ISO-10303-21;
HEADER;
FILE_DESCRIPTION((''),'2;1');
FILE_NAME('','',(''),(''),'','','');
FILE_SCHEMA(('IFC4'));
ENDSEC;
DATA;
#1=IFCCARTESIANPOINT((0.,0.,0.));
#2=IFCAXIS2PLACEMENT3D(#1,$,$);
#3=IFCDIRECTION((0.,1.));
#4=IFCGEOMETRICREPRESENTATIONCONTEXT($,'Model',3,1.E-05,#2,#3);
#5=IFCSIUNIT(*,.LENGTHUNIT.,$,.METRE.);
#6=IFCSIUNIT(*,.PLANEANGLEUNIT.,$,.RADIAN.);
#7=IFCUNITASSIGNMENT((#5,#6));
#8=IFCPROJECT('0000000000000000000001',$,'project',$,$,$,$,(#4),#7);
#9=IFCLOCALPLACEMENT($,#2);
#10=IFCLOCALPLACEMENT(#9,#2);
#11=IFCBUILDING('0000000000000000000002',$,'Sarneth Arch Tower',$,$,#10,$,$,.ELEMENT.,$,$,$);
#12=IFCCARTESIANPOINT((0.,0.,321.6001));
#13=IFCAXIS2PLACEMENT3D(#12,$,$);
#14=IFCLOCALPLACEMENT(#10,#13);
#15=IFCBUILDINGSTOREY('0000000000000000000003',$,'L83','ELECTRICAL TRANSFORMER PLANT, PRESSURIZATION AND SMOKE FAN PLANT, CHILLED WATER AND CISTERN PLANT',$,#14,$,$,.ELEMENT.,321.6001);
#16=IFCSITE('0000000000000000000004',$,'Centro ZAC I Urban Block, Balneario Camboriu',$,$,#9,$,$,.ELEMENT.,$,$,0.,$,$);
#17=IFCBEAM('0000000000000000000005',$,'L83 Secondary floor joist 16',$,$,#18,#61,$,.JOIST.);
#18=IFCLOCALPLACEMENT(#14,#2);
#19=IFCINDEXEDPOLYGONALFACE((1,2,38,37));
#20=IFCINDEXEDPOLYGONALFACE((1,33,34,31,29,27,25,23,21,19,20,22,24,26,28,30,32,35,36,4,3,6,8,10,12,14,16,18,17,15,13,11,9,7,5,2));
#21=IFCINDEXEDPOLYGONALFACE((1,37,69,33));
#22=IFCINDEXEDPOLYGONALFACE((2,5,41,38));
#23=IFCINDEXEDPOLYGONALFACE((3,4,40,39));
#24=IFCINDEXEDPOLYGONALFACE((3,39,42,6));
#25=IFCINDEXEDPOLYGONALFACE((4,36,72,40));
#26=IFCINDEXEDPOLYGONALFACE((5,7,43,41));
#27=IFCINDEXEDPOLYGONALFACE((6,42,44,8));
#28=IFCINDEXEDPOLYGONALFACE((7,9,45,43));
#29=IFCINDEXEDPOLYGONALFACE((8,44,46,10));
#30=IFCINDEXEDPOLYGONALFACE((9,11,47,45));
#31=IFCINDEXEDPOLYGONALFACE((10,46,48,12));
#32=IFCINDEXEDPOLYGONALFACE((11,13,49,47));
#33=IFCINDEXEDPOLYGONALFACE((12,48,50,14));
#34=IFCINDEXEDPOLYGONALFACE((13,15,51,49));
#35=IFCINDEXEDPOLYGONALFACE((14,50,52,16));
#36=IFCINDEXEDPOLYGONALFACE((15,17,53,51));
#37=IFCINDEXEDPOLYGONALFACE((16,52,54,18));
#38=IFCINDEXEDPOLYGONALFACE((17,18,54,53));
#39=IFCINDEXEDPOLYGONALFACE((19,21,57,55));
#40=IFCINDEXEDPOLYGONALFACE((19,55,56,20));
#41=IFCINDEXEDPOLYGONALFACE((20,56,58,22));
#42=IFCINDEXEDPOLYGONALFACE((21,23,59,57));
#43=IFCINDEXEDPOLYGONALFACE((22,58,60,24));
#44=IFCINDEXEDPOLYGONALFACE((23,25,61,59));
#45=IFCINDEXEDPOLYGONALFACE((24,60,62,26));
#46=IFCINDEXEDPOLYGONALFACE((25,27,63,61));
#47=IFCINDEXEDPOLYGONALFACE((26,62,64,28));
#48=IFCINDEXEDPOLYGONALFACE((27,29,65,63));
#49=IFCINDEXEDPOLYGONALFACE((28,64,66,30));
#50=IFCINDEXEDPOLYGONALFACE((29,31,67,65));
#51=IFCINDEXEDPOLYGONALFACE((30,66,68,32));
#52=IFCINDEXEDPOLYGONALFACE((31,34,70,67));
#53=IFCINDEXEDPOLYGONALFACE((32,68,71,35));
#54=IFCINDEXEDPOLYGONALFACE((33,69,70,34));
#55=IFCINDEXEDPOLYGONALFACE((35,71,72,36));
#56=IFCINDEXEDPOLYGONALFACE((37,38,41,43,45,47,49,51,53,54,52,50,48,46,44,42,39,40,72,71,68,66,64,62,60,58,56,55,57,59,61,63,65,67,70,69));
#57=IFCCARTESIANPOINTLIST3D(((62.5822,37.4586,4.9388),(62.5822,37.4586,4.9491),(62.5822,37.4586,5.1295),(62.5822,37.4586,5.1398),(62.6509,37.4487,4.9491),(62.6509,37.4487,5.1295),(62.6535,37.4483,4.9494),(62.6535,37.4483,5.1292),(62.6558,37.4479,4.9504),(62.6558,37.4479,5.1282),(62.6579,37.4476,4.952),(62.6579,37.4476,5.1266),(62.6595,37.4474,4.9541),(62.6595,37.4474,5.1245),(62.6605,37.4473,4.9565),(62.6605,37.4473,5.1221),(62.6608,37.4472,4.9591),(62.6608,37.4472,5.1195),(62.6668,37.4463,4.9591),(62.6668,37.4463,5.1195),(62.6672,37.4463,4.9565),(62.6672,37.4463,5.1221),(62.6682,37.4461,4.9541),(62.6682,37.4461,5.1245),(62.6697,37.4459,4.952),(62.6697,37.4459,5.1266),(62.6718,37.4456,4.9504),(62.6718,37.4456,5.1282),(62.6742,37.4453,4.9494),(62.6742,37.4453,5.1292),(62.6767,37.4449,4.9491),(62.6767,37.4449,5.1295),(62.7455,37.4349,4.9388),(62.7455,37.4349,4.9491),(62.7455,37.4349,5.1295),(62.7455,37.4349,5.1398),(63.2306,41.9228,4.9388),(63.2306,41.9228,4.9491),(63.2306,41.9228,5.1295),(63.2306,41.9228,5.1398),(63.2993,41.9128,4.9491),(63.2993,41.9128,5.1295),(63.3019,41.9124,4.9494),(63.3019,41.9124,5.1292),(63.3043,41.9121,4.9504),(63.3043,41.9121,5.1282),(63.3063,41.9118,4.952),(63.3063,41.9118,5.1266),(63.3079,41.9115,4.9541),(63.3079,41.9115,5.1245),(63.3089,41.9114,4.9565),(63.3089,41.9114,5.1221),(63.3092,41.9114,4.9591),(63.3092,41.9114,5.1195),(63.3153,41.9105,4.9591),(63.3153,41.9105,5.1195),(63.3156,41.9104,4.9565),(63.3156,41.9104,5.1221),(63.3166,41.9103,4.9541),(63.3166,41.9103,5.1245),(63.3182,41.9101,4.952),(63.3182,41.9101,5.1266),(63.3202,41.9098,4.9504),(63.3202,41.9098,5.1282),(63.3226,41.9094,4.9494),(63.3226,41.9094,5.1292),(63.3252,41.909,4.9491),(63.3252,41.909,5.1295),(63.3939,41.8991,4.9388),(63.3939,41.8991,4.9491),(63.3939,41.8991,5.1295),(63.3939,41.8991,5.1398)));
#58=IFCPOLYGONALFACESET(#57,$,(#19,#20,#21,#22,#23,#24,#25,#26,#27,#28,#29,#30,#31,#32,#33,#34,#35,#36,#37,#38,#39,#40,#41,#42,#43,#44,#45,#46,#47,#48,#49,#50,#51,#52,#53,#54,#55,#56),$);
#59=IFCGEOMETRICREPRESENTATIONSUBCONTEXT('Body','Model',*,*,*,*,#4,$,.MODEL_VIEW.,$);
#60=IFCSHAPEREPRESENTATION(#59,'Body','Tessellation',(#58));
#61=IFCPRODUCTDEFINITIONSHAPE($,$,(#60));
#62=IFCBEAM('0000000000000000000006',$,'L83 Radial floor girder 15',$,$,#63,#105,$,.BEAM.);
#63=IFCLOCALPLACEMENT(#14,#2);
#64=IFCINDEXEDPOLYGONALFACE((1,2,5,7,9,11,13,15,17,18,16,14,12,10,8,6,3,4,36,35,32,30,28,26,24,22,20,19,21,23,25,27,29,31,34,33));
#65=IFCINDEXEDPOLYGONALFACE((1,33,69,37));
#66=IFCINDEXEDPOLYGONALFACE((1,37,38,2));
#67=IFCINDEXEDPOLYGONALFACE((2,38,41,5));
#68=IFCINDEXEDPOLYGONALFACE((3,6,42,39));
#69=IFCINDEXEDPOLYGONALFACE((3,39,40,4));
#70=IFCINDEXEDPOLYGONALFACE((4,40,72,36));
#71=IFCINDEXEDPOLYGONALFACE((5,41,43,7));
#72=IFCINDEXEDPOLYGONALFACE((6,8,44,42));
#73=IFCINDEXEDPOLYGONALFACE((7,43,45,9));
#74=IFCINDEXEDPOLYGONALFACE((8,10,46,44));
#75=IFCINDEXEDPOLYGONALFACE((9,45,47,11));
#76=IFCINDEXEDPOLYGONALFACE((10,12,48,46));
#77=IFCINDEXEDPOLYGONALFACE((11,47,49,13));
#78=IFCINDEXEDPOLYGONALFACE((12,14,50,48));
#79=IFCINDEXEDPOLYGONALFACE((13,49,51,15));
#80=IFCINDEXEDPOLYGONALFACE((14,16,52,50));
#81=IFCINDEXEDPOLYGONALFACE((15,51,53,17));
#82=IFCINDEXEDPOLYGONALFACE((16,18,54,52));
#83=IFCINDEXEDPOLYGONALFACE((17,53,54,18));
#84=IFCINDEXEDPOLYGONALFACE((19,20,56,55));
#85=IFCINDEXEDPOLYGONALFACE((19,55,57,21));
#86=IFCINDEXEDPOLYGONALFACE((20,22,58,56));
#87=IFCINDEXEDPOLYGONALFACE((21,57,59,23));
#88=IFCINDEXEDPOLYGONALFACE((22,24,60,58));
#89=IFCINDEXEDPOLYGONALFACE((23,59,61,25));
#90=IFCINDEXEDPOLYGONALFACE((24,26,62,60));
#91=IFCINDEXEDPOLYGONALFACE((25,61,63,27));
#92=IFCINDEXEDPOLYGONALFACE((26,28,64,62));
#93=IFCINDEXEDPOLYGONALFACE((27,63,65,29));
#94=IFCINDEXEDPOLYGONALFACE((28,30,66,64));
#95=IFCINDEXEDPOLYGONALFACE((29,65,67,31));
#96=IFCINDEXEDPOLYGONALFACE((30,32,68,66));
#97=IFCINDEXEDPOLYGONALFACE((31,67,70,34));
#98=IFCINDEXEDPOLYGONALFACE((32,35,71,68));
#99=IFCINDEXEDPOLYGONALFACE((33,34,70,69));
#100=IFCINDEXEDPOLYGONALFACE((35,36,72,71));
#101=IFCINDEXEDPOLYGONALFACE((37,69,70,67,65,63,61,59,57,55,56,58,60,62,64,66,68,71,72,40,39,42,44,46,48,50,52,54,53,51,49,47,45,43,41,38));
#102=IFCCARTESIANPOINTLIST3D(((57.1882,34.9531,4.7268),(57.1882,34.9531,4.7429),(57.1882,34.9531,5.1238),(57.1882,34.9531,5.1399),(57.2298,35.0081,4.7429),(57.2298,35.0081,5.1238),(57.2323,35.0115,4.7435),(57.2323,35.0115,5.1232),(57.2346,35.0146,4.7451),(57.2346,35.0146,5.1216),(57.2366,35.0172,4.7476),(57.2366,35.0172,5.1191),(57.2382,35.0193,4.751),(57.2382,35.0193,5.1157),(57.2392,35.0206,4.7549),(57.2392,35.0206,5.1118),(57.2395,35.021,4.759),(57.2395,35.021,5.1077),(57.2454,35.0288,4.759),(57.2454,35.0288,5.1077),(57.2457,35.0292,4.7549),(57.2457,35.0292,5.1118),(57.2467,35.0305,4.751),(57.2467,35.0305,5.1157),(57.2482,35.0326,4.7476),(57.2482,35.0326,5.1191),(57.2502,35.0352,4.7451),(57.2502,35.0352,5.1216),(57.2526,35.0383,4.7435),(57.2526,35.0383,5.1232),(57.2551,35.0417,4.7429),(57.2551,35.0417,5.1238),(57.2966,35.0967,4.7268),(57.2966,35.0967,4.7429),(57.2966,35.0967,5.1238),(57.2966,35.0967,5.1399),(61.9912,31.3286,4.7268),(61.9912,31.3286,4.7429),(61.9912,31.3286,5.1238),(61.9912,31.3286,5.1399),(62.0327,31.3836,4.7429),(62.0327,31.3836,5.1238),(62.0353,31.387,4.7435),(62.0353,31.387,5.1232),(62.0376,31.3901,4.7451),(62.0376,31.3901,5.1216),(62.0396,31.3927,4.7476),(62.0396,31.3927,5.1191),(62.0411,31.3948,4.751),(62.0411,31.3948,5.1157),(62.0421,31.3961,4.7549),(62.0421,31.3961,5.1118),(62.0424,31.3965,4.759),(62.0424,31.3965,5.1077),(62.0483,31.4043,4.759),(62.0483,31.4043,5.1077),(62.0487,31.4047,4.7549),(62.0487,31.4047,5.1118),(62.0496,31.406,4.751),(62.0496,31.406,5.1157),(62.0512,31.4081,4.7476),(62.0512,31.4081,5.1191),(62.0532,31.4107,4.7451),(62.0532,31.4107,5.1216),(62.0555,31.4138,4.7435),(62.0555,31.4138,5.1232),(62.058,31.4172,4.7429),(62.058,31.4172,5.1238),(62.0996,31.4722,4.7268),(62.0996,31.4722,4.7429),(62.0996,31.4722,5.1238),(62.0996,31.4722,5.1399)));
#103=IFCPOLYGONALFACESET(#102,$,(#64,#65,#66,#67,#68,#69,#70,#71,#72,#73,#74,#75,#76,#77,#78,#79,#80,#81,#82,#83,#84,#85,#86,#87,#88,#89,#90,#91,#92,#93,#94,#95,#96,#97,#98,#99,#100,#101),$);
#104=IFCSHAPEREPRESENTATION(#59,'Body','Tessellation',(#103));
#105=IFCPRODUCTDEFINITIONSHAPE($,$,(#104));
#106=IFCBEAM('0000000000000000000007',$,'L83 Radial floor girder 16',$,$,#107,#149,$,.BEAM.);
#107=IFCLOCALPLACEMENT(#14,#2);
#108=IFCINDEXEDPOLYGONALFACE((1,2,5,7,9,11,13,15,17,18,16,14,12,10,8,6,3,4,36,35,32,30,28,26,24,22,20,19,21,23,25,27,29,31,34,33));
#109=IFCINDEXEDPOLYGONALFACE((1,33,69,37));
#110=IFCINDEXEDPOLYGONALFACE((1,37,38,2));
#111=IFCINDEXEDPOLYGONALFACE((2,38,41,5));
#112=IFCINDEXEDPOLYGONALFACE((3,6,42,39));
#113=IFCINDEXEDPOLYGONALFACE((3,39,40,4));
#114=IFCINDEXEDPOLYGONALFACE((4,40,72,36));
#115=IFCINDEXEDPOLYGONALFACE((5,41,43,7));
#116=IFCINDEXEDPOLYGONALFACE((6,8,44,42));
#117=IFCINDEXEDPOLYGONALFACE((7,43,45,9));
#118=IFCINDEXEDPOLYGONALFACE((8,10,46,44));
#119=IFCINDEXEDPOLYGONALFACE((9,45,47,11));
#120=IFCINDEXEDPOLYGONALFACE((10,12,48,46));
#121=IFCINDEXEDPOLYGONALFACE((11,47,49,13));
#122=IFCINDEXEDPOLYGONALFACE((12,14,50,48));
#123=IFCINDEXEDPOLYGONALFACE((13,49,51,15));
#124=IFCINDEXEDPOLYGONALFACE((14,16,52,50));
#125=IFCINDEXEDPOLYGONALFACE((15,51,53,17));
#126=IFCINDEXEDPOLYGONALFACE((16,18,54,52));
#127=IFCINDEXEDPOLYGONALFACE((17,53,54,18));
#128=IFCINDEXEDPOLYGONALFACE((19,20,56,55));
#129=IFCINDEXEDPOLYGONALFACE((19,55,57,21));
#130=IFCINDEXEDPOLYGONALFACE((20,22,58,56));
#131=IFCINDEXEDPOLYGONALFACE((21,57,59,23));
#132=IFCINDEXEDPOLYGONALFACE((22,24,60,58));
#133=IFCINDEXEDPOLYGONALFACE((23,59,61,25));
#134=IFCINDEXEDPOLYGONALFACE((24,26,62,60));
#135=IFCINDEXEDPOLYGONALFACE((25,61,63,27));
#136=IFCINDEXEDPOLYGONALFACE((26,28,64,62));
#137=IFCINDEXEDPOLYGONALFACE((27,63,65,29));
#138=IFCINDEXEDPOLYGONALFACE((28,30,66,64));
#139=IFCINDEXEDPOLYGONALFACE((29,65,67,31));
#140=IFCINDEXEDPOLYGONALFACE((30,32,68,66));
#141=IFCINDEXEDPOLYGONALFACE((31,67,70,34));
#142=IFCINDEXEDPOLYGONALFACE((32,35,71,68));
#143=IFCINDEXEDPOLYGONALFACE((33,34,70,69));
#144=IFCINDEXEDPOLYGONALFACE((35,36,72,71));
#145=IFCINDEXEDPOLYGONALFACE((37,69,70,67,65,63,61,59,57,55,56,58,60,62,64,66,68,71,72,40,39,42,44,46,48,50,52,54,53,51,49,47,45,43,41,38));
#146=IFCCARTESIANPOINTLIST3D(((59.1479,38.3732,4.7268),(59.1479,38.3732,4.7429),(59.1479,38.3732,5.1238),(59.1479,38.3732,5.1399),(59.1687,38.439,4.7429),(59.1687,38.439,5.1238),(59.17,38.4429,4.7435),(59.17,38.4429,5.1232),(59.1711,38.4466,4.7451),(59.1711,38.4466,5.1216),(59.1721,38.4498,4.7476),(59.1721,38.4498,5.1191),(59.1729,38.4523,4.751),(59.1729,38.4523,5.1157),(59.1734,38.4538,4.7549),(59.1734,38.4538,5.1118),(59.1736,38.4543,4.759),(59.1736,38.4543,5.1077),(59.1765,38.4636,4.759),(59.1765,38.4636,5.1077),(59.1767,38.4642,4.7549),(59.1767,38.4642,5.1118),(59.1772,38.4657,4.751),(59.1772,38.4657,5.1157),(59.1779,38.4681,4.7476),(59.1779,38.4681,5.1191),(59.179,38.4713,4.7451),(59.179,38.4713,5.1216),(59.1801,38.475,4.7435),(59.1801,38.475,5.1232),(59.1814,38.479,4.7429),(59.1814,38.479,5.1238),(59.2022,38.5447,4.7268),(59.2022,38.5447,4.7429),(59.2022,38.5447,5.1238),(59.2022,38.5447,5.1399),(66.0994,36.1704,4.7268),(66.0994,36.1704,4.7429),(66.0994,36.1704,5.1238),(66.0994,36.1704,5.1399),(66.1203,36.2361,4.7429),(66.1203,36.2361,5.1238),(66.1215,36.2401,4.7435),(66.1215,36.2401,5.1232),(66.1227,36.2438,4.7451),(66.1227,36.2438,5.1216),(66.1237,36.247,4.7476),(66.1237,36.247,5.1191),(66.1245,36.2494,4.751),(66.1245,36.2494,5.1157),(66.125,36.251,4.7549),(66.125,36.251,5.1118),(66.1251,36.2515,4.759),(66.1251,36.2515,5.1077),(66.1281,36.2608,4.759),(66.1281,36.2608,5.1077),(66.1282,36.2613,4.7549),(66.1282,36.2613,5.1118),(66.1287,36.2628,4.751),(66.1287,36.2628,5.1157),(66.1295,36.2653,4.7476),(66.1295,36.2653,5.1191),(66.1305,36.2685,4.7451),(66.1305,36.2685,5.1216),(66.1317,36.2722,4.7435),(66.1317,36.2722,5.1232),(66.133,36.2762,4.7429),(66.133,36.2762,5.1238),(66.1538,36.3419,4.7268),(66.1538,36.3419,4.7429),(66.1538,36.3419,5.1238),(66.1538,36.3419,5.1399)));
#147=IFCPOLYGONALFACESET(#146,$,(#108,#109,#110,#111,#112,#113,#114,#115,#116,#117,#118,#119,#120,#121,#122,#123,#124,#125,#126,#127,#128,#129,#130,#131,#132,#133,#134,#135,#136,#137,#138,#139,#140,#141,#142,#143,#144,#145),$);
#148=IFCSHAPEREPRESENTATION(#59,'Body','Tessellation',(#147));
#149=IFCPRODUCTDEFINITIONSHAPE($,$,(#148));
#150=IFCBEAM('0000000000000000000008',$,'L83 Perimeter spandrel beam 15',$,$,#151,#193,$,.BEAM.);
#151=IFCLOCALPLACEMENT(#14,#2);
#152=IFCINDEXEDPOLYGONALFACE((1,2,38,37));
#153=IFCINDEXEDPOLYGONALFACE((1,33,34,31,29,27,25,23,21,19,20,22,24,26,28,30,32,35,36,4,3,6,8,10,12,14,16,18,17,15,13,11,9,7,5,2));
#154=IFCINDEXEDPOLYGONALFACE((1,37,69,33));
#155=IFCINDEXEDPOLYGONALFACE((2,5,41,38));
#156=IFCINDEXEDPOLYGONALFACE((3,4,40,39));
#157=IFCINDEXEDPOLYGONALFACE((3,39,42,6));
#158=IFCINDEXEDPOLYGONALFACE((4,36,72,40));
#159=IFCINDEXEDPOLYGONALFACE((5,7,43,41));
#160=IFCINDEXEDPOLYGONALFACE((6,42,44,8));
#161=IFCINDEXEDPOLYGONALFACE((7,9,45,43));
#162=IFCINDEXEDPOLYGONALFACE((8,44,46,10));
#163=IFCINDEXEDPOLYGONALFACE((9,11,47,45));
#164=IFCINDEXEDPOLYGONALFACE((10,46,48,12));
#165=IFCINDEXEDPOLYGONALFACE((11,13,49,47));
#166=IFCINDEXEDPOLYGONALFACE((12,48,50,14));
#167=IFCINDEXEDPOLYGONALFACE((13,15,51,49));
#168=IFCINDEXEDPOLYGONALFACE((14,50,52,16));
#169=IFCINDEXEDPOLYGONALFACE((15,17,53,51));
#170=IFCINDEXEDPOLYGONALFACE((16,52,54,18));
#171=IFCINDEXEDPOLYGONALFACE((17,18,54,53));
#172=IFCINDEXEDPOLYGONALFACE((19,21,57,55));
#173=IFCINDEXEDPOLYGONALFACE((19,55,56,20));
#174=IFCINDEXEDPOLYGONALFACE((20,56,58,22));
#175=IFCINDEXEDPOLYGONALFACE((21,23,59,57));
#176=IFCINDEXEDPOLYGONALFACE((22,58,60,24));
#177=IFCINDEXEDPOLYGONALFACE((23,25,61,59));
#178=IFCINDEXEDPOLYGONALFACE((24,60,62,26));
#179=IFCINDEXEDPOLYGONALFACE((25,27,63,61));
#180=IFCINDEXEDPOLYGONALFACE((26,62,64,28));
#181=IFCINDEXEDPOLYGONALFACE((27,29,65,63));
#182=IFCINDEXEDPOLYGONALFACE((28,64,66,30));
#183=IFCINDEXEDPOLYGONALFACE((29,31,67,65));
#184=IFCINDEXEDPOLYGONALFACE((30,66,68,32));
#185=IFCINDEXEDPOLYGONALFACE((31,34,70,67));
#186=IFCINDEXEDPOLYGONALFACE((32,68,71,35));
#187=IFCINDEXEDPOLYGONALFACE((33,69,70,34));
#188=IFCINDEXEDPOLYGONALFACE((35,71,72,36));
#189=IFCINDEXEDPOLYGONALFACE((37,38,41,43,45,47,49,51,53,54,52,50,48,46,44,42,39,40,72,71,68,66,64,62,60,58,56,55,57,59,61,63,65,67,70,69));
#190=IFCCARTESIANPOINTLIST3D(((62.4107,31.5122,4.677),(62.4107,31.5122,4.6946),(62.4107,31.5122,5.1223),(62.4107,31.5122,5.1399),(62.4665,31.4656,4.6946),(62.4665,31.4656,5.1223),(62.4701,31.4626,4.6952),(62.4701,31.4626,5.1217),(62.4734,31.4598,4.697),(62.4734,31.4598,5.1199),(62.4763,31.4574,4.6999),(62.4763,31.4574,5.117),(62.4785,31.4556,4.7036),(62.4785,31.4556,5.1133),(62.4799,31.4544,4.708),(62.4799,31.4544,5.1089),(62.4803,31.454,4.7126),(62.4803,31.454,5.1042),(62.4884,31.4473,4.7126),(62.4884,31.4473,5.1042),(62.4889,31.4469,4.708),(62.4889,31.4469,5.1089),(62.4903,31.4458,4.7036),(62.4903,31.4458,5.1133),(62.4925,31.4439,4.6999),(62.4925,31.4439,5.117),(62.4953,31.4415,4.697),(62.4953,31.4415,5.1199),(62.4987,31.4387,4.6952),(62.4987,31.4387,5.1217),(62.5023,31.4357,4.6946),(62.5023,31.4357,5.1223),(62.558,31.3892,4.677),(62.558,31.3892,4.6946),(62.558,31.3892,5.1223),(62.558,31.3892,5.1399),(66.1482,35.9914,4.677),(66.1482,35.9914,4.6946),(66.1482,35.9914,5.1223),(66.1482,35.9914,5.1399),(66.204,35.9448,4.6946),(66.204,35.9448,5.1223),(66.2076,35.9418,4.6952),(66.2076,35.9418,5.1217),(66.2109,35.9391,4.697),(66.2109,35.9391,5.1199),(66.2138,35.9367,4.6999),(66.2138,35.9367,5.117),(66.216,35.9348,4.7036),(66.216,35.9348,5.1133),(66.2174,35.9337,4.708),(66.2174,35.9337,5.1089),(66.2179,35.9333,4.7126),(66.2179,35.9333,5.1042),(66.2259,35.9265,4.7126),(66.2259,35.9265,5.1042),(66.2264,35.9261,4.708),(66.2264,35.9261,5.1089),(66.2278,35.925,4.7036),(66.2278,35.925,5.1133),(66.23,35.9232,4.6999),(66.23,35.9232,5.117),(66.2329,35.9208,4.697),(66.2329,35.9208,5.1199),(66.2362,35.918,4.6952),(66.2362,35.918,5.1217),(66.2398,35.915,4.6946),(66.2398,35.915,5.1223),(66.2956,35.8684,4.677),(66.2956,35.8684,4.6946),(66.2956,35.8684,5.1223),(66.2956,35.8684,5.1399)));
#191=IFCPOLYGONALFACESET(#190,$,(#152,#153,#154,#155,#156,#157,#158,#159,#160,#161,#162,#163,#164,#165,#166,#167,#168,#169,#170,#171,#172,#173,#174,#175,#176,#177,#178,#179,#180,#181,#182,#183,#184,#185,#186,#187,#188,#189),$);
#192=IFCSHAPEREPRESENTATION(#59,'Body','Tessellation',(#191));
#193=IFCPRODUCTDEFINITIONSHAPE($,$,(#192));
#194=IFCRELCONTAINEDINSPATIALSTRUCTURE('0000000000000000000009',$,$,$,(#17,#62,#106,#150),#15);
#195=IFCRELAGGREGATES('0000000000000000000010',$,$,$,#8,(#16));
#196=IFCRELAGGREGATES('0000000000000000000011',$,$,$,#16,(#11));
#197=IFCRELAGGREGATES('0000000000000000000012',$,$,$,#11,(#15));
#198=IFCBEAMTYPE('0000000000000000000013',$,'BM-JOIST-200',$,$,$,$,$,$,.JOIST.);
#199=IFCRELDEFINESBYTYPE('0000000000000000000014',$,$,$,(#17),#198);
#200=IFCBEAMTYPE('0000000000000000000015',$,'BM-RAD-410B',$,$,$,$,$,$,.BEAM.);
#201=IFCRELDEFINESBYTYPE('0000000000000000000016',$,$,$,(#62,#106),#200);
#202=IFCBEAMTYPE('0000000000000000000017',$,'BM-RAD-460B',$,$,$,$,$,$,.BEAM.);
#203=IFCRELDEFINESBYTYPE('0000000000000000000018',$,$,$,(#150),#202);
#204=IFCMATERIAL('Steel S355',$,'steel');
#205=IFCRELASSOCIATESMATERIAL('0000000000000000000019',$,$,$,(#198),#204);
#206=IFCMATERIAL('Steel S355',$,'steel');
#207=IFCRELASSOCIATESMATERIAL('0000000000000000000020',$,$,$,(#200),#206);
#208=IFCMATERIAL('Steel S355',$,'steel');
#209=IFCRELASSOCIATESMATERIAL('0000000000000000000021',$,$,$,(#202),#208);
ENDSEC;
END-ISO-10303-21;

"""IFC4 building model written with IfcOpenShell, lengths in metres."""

from ifc_helpers import new_model, si_unit, direction, frame, origin, origin_2d, place, context, subcontext, project, spatial, i_section, extrude, material, material_profile, profile_set, type_object, element, save


model = new_model("IFC4")

# Units and contexts
model_context = context("Model", 3, precision=1e-05, world=origin(), true_north=direction((0.0, 1.0)))
body_context = subcontext(model_context, "Body", "Model", "MODEL_VIEW")
ifc_project = project(units=[si_unit("LENGTHUNIT", "METRE"), si_unit("PLANEANGLEUNIT", "RADIAN")], contexts=[model_context])

# Site, building, storey
site_placement = place(None, origin())
site = spatial("IfcSite", under=ifc_project, at=site_placement, Name="Centro ZAC I Urban Block, Balneario Camboriu", CompositionType="ELEMENT", RefElevation=0.0)
building_placement = place(site_placement, origin())
building = spatial("IfcBuilding", under=site, at=building_placement, Name="Sarneth Arch Tower", CompositionType="ELEMENT")
storey_placement = place(building_placement, frame((0.0, 0.0, 321.6001)))
storey = spatial("IfcBuildingStorey", under=building, at=storey_placement, Name="L83", Description="ELECTRICAL TRANSFORMER PLANT, PRESSURIZATION AND SMOKE FAN PLANT, CHILLED WATER AND CISTERN PLANT", CompositionType="ELEMENT", Elevation=321.6001)

# Beams
ifc_material_1 = material(Name="Steel S355", Category="steel")
ifc_material_profile_1 = material_profile(ifc_material_1, i_section(OverallWidth=0.165, OverallDepth=0.2009, WebThickness=0.0061, FlangeThickness=0.0103, FilletRadius=0.01, at=origin_2d()), Name="W200x35.9")
ifc_profile_set_1 = profile_set([ifc_material_profile_1], Name="Steel S355")
beam_type_1 = type_object("IfcBeamType", Name="BM-JOIST-200", PredefinedType="JOIST", material=ifc_profile_set_1)
beam_1_placement = place(storey_placement, frame((62.6638, 37.4468, 5.0393), z_axis=(0.143747, 0.989614, 0.0), x_axis=(-0.989614, 0.143747, 0.0)))
element("IfcBeam", 1, at=beam_1_placement, inside=storey, type_object=beam_type_1, Name="L83 Secondary floor joist 16", PredefinedType="JOIST", context=body_context, shape_type="SweptSolid", body=[
    extrude(i_section(OverallWidth=0.165, OverallDepth=0.2009, WebThickness=0.0061, FlangeThickness=0.0103, FilletRadius=0.01, at=origin_2d()), origin(), (0.0, 0.0, 1.0), 4.511),
])
ifc_material_2 = material(Name="Steel S355", Category="steel")
ifc_material_profile_2 = material_profile(ifc_material_2, i_section(OverallWidth=0.1799, OverallDepth=0.4131, WebThickness=0.0098, FlangeThickness=0.0161, FilletRadius=0.0161, at=origin_2d()), Name="W410x75")
ifc_profile_set_2 = profile_set([ifc_material_profile_2], Name="Steel S355")
beam_type_2 = type_object("IfcBeamType", Name="BM-RAD-410B", PredefinedType="BEAM", material=ifc_profile_set_2)
beam_2_placement = place(storey_placement, frame((57.2424, 35.0249, 4.9333), z_axis=(0.798219, -0.602367, 0.0), x_axis=(0.602367, 0.798219, 0.0)))
element("IfcBeam", 2, at=beam_2_placement, inside=storey, type_object=beam_type_2, Name="L83 Radial floor girder 15", PredefinedType="BEAM", context=body_context, shape_type="SweptSolid", body=[
    extrude(i_section(OverallWidth=0.1799, OverallDepth=0.4131, WebThickness=0.0098, FlangeThickness=0.0161, FilletRadius=0.0161, at=origin_2d()), origin(), (0.0, 0.0, 1.0), 6.0171),
])
beam_3_placement = place(storey_placement, frame((59.175, 38.459, 4.9333), z_axis=(0.953282, -0.302081, 0.0), x_axis=(0.302081, 0.953282, 0.0)))
element("IfcBeam", 3, at=beam_3_placement, inside=storey, type_object=beam_type_2, Name="L83 Radial floor girder 16", PredefinedType="BEAM", context=body_context, shape_type="SweptSolid", body=[
    extrude(i_section(OverallWidth=0.1799, OverallDepth=0.4131, WebThickness=0.0098, FlangeThickness=0.0161, FilletRadius=0.0161, at=origin_2d()), origin(), (0.0, 0.0, 1.0), 7.2922),
])
ifc_material_3 = material(Name="Steel S355", Category="steel")
ifc_material_profile_3 = material_profile(ifc_material_3, i_section(OverallWidth=0.1919, OverallDepth=0.4629, WebThickness=0.0105, FlangeThickness=0.0176, FilletRadius=0.0181, at=origin_2d()), Name="W460x89")
ifc_profile_set_3 = profile_set([ifc_material_profile_3], Name="Steel S355")
beam_type_3 = type_object("IfcBeamType", Name="BM-RAD-460B", PredefinedType="BEAM", material=ifc_profile_set_3)
beam_4_placement = place(storey_placement, frame((62.4844, 31.4507, 4.9084), z_axis=(0.640674, 0.767813, 0.0), x_axis=(-0.767813, 0.640674, 0.0)))
element("IfcBeam", 4, at=beam_4_placement, inside=storey, type_object=beam_type_3, Name="L83 Perimeter spandrel beam 15", PredefinedType="BEAM", context=body_context, shape_type="SweptSolid", body=[
    extrude(i_section(OverallWidth=0.1919, OverallDepth=0.4629, WebThickness=0.0105, FlangeThickness=0.0176, FilletRadius=0.0181, at=origin_2d()), origin(), (0.0, 0.0, 1.0), 5.8337),
])

save(model, "model.ifc")
